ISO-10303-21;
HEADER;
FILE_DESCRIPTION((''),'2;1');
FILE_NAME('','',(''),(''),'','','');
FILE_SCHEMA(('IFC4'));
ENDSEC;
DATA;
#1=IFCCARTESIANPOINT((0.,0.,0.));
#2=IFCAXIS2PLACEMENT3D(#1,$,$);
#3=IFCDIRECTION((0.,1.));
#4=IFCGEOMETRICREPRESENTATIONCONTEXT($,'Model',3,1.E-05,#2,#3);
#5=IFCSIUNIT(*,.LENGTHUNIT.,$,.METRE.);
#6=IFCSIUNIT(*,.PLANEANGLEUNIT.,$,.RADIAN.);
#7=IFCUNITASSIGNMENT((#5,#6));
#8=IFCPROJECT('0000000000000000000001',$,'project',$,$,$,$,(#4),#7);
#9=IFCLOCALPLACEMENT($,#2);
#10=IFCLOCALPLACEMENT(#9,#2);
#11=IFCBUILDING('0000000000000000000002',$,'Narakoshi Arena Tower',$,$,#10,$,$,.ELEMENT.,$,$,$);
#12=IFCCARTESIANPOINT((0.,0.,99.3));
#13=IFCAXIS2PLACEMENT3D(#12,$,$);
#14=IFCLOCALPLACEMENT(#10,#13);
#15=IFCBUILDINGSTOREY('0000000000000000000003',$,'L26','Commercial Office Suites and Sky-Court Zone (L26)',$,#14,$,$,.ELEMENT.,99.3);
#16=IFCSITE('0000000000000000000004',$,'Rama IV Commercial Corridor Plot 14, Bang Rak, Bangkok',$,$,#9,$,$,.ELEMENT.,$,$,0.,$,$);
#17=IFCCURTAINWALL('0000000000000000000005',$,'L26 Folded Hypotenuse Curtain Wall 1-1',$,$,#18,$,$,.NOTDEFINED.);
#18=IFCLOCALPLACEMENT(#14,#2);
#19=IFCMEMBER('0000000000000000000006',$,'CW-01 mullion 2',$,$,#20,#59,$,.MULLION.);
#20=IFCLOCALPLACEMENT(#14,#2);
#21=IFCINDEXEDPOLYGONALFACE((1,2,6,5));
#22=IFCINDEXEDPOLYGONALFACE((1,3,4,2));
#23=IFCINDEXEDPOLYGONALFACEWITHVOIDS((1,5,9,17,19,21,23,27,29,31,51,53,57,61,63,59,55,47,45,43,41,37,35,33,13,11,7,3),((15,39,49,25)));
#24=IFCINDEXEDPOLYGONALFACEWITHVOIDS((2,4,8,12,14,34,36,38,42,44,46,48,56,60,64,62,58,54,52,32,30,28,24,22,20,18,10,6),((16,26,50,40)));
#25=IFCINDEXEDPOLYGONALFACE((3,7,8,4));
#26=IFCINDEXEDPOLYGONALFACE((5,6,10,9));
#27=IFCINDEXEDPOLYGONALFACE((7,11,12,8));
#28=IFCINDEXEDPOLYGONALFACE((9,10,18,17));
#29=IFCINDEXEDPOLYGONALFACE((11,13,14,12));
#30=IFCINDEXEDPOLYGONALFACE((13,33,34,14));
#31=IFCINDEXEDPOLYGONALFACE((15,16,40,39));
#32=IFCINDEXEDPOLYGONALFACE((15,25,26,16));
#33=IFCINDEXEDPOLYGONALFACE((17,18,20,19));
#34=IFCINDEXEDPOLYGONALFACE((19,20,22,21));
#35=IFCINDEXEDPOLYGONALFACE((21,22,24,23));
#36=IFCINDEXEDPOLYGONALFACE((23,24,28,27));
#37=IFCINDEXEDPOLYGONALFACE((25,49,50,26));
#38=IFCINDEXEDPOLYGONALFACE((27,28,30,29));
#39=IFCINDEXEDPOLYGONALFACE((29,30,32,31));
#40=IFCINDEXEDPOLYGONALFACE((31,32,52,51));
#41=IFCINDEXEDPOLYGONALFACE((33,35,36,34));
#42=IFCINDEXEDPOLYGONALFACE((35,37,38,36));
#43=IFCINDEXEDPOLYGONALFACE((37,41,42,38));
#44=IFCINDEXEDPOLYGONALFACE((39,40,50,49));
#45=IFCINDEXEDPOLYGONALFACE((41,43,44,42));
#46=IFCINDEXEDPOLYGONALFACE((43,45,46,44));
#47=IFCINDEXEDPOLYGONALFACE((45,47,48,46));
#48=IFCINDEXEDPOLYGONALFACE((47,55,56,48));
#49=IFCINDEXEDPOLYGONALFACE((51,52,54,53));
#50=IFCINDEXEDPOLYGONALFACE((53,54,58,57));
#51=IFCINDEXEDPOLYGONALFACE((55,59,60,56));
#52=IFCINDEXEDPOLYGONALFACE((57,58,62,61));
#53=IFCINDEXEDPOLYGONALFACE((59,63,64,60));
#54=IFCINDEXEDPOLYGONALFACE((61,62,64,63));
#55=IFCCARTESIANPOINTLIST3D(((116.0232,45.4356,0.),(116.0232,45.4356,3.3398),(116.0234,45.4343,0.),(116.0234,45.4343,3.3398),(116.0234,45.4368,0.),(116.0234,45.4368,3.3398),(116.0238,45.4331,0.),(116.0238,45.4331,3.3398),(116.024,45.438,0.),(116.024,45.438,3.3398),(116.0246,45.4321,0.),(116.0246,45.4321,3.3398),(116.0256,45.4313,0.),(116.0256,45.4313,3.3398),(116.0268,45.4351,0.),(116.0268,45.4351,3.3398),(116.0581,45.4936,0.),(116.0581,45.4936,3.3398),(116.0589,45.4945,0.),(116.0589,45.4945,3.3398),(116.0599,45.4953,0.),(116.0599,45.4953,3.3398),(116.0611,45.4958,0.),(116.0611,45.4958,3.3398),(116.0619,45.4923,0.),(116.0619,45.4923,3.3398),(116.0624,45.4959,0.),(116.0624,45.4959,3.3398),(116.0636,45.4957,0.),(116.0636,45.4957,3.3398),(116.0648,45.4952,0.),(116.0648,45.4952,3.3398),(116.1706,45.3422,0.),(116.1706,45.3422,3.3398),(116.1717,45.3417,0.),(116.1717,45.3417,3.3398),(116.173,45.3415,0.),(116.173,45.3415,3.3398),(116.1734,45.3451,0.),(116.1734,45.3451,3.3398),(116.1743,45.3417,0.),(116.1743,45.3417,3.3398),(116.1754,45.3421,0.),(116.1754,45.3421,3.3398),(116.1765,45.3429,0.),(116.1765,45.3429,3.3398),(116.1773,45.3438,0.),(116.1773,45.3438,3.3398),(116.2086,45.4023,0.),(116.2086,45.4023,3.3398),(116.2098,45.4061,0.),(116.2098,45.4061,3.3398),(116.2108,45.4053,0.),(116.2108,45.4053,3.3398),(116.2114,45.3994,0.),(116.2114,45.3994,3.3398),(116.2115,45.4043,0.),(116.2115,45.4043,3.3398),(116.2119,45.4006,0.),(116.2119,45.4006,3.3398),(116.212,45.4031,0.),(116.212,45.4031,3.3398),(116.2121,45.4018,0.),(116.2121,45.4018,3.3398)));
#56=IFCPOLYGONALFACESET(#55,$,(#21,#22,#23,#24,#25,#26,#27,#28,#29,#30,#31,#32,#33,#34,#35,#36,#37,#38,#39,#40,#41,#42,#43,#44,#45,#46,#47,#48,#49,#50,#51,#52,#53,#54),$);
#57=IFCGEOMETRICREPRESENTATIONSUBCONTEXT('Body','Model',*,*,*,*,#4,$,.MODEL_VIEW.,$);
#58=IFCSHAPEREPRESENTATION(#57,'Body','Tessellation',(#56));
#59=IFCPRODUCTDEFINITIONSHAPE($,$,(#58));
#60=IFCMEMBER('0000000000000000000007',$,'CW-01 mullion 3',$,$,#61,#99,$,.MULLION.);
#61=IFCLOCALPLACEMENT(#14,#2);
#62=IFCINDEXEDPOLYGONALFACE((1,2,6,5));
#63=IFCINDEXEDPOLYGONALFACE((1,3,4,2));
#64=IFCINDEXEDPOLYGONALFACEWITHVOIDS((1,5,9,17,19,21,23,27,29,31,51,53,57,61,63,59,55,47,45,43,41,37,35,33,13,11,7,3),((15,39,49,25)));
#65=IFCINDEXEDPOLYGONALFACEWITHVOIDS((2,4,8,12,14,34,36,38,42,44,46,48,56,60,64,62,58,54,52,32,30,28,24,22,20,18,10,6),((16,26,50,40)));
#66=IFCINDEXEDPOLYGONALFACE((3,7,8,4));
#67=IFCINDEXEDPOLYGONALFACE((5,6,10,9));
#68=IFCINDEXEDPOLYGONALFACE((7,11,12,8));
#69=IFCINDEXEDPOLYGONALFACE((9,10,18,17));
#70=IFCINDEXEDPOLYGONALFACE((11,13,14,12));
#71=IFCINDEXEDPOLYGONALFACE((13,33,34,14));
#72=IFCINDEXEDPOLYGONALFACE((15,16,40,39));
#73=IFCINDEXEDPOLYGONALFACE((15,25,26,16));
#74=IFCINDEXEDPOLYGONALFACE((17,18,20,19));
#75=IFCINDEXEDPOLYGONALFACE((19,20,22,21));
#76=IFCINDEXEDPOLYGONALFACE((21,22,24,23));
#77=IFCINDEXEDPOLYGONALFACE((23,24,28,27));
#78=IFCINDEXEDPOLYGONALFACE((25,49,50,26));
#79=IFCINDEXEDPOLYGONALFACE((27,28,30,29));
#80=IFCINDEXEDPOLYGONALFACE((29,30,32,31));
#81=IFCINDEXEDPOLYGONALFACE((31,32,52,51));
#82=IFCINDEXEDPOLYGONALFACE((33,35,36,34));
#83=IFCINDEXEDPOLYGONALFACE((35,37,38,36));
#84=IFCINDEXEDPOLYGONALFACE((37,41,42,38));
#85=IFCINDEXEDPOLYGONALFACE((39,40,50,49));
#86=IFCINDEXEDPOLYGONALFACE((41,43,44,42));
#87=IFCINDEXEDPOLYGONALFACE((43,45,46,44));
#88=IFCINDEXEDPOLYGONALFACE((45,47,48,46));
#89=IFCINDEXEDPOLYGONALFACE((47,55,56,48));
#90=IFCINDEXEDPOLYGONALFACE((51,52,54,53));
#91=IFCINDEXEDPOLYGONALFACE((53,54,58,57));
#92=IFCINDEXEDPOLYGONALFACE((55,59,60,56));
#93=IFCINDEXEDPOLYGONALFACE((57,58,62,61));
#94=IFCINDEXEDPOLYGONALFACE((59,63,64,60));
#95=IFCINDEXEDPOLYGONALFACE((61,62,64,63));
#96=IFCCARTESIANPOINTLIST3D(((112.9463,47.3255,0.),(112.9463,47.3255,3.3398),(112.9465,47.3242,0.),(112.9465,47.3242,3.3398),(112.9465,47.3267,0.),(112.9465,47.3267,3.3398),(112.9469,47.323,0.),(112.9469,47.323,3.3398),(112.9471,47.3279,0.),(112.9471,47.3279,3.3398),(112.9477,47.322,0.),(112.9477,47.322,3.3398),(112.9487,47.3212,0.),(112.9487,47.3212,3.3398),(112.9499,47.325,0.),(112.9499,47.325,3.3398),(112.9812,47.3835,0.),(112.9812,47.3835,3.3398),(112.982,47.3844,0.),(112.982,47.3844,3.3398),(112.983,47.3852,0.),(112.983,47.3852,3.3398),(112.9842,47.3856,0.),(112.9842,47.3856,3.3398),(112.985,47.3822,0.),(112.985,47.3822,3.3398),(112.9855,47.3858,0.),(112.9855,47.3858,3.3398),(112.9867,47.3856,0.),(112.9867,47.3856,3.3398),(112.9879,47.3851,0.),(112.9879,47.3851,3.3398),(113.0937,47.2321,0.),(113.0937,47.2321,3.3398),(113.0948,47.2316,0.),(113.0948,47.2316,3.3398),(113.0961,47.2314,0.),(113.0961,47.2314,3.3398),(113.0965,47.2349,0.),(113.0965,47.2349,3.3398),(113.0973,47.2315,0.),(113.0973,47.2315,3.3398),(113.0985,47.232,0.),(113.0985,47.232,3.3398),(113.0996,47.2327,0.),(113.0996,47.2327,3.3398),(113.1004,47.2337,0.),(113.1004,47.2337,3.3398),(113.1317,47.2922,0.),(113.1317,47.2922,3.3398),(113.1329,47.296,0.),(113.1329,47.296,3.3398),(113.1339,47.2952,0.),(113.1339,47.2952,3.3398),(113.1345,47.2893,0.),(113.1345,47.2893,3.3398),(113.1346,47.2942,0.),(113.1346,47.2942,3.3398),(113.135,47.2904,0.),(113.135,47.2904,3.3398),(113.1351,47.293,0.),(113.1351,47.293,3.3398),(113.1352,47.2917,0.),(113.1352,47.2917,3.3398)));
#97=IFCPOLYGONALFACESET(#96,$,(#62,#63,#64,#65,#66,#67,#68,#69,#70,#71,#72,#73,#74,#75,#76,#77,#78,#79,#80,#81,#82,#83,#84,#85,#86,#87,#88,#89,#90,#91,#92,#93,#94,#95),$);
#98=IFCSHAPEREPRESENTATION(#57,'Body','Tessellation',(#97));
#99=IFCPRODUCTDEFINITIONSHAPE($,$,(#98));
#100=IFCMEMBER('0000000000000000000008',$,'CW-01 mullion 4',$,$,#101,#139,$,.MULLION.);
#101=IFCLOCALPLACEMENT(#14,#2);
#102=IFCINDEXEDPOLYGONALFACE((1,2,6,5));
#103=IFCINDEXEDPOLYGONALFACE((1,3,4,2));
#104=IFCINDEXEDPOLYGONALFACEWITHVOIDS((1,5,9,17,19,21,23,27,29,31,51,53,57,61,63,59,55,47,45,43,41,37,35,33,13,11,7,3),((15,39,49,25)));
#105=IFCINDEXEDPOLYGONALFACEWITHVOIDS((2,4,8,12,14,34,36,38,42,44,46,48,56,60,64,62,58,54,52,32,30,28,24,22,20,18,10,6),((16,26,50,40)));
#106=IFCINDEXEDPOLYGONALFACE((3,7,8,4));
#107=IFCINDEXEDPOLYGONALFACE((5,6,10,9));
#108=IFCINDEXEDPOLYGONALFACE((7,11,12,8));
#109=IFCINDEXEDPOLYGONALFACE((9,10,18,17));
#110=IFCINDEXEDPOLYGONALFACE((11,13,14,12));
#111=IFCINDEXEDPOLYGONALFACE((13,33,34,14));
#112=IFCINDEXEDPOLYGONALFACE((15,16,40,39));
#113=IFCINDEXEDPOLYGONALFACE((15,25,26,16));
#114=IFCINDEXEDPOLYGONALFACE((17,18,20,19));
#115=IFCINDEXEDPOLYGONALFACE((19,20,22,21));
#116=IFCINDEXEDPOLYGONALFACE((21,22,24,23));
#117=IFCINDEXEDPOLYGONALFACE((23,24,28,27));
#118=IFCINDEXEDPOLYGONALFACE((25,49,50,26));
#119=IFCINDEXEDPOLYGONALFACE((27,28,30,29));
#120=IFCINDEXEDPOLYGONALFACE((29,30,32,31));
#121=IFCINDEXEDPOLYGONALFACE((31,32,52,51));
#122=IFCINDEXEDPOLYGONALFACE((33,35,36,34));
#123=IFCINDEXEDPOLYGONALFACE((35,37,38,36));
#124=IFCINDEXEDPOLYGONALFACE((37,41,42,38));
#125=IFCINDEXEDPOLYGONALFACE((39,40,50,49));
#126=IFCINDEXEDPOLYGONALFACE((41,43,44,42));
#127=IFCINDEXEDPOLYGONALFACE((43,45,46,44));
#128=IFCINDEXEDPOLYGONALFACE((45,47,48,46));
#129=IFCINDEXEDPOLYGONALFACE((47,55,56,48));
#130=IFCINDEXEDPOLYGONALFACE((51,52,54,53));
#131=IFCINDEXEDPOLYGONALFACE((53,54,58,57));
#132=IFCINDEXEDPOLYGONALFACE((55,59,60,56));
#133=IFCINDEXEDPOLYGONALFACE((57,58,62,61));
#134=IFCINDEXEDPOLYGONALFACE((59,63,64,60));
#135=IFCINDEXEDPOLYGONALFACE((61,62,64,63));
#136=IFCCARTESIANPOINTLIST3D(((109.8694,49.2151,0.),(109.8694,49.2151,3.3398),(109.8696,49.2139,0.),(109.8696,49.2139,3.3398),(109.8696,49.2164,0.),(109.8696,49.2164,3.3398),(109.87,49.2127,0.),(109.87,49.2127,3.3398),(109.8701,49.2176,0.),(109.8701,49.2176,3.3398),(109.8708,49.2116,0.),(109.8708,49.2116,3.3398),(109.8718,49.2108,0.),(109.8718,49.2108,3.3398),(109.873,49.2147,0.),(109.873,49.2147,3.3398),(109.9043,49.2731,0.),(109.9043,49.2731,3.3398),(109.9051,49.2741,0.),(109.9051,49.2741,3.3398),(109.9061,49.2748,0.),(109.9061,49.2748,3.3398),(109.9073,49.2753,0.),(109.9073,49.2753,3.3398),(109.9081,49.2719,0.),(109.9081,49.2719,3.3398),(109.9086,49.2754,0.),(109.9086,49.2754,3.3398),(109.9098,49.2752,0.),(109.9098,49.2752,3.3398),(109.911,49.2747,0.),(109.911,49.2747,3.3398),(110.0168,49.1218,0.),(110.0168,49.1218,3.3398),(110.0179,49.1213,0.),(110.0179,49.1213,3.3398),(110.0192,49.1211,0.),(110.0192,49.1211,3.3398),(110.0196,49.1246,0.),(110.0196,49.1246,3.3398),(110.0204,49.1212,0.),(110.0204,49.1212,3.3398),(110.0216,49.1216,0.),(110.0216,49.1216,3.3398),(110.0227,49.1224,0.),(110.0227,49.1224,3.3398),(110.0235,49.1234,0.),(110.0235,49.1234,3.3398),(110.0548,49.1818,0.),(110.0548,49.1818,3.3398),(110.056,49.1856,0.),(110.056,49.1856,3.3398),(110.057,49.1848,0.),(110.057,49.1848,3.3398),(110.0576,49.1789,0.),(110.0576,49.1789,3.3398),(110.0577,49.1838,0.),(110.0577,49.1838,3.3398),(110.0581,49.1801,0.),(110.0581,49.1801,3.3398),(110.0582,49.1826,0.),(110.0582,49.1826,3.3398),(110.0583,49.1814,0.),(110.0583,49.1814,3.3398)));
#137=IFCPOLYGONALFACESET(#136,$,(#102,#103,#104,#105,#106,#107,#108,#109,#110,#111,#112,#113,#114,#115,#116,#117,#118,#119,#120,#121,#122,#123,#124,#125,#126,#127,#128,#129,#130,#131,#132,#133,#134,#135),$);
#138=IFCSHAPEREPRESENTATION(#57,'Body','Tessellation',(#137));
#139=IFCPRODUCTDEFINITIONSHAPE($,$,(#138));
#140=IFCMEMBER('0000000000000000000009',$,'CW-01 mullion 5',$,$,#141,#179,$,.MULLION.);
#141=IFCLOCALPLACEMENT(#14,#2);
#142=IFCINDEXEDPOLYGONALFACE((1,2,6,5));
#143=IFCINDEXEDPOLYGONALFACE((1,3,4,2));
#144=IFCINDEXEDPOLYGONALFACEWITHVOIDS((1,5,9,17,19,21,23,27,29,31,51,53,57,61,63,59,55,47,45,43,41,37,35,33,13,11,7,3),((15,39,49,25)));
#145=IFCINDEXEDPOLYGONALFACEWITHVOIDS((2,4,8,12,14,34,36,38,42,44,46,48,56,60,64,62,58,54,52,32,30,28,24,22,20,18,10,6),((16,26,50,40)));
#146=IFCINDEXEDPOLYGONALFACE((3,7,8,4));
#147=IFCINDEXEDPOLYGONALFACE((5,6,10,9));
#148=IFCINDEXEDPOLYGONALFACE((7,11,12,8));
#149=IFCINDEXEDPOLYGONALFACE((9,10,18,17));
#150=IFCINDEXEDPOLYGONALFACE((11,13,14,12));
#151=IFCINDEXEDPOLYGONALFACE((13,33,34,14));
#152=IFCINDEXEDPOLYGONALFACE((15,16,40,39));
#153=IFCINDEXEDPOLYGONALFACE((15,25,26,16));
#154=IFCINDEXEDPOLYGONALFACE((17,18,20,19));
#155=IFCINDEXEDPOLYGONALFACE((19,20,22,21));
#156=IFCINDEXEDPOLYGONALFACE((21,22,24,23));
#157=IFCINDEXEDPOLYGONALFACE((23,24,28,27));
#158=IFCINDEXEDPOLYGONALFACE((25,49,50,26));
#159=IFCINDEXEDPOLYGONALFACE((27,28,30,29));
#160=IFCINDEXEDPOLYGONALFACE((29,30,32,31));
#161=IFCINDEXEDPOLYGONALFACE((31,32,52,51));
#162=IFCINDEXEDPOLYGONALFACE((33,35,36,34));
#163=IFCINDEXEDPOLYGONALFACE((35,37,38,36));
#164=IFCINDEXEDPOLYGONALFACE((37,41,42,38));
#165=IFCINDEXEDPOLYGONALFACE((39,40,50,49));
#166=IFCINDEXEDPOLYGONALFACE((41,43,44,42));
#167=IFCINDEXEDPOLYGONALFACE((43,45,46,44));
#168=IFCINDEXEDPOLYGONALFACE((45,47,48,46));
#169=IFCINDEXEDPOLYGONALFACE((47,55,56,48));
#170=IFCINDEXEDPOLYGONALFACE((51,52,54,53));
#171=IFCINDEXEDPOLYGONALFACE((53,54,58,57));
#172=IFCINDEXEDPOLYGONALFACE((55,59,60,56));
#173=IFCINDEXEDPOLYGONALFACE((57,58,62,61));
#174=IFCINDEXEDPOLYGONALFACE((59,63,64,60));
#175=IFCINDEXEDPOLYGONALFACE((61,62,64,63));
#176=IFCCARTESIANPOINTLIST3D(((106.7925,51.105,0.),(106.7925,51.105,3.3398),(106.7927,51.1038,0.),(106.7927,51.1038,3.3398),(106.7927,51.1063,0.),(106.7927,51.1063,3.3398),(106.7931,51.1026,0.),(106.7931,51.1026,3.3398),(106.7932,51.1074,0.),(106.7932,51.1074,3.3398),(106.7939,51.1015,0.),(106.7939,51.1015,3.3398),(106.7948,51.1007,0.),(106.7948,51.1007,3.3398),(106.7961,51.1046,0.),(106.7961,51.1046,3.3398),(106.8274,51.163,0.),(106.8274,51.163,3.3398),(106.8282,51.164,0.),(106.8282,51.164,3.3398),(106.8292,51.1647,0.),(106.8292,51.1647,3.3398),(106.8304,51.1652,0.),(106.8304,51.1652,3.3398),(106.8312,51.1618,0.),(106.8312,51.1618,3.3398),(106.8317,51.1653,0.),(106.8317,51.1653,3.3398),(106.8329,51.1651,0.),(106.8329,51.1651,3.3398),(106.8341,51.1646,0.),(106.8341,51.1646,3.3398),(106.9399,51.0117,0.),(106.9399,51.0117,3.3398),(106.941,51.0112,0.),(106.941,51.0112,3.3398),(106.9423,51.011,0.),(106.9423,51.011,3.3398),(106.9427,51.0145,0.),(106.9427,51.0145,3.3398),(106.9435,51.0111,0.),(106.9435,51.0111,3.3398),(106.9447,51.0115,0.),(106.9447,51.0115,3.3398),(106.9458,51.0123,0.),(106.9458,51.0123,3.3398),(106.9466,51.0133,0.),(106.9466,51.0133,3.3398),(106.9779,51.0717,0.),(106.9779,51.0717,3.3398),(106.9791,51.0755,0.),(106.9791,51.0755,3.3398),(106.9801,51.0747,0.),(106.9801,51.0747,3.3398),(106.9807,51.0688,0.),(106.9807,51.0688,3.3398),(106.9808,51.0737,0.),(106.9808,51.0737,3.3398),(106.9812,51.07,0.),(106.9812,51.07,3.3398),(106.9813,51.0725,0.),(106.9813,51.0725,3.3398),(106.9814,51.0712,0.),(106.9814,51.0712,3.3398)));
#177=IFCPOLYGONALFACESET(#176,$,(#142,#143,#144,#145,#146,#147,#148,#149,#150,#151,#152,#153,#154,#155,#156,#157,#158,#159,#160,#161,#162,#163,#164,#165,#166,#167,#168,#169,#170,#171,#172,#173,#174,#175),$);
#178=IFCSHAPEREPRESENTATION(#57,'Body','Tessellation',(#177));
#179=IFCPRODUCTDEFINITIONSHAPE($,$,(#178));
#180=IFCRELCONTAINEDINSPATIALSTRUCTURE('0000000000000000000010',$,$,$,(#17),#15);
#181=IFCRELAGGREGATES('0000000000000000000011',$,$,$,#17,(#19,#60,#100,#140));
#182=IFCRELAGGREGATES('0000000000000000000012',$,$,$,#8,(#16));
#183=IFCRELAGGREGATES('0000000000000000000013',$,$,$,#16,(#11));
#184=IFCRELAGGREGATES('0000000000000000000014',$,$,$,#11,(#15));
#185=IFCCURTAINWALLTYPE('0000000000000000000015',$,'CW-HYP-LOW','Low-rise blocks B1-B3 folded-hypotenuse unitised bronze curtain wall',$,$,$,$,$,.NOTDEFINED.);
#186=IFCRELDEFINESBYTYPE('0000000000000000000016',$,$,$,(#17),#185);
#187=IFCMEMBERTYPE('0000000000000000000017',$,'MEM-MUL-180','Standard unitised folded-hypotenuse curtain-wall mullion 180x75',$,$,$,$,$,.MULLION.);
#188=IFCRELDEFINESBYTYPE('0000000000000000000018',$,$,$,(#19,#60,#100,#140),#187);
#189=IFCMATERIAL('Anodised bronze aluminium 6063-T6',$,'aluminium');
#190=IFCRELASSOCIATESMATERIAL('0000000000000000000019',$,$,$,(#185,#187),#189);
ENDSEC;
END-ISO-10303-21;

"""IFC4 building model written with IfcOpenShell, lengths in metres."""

from ifc_helpers import new_model, si_unit, direction, frame, origin, origin_2d, place, context, subcontext, project, spatial, hollow_rectangle, extrude, material, material_profile, profile_set, type_object, element, aggregate, save


model = new_model("IFC4")

# Units and contexts
model_context = context("Model", 3, precision=1e-05, world=origin(), true_north=direction((0.0, 1.0)))
body_context = subcontext(model_context, "Body", "Model", "MODEL_VIEW")
ifc_project = project(units=[si_unit("LENGTHUNIT", "METRE"), si_unit("PLANEANGLEUNIT", "RADIAN")], contexts=[model_context])

# Site, building, storey
site_placement = place(None, origin())
site = spatial("IfcSite", under=ifc_project, at=site_placement, Name="Rama IV Commercial Corridor Plot 14, Bang Rak, Bangkok", CompositionType="ELEMENT", RefElevation=0.0)
building_placement = place(site_placement, origin())
building = spatial("IfcBuilding", under=site, at=building_placement, Name="Narakoshi Arena Tower", CompositionType="ELEMENT")
storey_placement = place(building_placement, frame((0.0, 0.0, 99.3)))
storey = spatial("IfcBuildingStorey", under=building, at=storey_placement, Name="L26", Description="Commercial Office Suites and Sky-Court Zone (L26)", CompositionType="ELEMENT", Elevation=99.3)

# Curtain wall, members
ifc_material_1 = material(Name="Anodised bronze aluminium 6063-T6", Category="aluminium")
curtain_wall_type = type_object("IfcCurtainWallType", Name="CW-HYP-LOW", Description="Low-rise blocks B1-B3 folded-hypotenuse unitised bronze curtain wall", PredefinedType="NOTDEFINED", material=ifc_material_1)
curtain_wall_placement = place(storey_placement, origin())
curtain_wall = element("IfcCurtainWall", 1, at=curtain_wall_placement, inside=storey, type_object=curtain_wall_type, Name="L26 Folded Hypotenuse Curtain Wall 1-1", PredefinedType="NOTDEFINED")
ifc_material_profile_1 = material_profile(ifc_material_1, hollow_rectangle(XDim=0.075, YDim=0.1799, WallThickness=0.0039, OuterFilletRadius=0.0049, at=origin_2d()), Name="MUL180x75x4")
ifc_profile_set_1 = profile_set([ifc_material_profile_1], Name="Anodised bronze aluminium 6063-T6")
member_type_1 = type_object("IfcMemberType", Name="MEM-MUL-180", Description="Standard unitised folded-hypotenuse curtain-wall mullion 180x75", PredefinedType="MULLION", material=ifc_profile_set_1)
member_1_placement = place(storey_placement, frame((116.1177, 45.4187, 0.0), z_axis=(0.0, 0.0, 1.0), x_axis=(-0.523358, -0.852113, 0.0)))
member_1 = element("IfcMember", 2, at=member_1_placement, type_object=member_type_1, Name="CW-01 mullion 2", PredefinedType="MULLION", context=body_context, shape_type="SweptSolid", body=[
    extrude(hollow_rectangle(XDim=0.075, YDim=0.1799, WallThickness=0.0039, OuterFilletRadius=0.0049, at=origin_2d()), origin(), (0.0, 0.0, 1.0), 3.3398),
])
member_2_placement = place(storey_placement, frame((113.0408, 47.3086, 0.0), z_axis=(0.0, 0.0, 1.0), x_axis=(-0.523358, -0.852113, 0.0)))
member_2 = element("IfcMember", 3, at=member_2_placement, type_object=member_type_1, Name="CW-01 mullion 3", PredefinedType="MULLION", context=body_context, shape_type="SweptSolid", body=[
    extrude(hollow_rectangle(XDim=0.075, YDim=0.1799, WallThickness=0.0039, OuterFilletRadius=0.0049, at=origin_2d()), origin(), (0.0, 0.0, 1.0), 3.3398),
])
member_3_placement = place(storey_placement, frame((109.9639, 49.1982, 0.0), z_axis=(0.0, 0.0, 1.0), x_axis=(-0.523358, -0.852113, 0.0)))
member_3 = element("IfcMember", 4, at=member_3_placement, type_object=member_type_1, Name="CW-01 mullion 4", PredefinedType="MULLION", context=body_context, shape_type="SweptSolid", body=[
    extrude(hollow_rectangle(XDim=0.075, YDim=0.1799, WallThickness=0.0039, OuterFilletRadius=0.0049, at=origin_2d()), origin(), (0.0, 0.0, 1.0), 3.3398),
])
member_4_placement = place(storey_placement, frame((106.887, 51.0881, 0.0), z_axis=(0.0, 0.0, 1.0), x_axis=(-0.523358, -0.852113, 0.0)))
member_4 = element("IfcMember", 5, at=member_4_placement, type_object=member_type_1, Name="CW-01 mullion 5", PredefinedType="MULLION", context=body_context, shape_type="SweptSolid", body=[
    extrude(hollow_rectangle(XDim=0.075, YDim=0.1799, WallThickness=0.0039, OuterFilletRadius=0.0049, at=origin_2d()), origin(), (0.0, 0.0, 1.0), 3.3398),
])
aggregate(curtain_wall, [member_1, member_2, member_3, member_4])

save(model, "model.ifc")
